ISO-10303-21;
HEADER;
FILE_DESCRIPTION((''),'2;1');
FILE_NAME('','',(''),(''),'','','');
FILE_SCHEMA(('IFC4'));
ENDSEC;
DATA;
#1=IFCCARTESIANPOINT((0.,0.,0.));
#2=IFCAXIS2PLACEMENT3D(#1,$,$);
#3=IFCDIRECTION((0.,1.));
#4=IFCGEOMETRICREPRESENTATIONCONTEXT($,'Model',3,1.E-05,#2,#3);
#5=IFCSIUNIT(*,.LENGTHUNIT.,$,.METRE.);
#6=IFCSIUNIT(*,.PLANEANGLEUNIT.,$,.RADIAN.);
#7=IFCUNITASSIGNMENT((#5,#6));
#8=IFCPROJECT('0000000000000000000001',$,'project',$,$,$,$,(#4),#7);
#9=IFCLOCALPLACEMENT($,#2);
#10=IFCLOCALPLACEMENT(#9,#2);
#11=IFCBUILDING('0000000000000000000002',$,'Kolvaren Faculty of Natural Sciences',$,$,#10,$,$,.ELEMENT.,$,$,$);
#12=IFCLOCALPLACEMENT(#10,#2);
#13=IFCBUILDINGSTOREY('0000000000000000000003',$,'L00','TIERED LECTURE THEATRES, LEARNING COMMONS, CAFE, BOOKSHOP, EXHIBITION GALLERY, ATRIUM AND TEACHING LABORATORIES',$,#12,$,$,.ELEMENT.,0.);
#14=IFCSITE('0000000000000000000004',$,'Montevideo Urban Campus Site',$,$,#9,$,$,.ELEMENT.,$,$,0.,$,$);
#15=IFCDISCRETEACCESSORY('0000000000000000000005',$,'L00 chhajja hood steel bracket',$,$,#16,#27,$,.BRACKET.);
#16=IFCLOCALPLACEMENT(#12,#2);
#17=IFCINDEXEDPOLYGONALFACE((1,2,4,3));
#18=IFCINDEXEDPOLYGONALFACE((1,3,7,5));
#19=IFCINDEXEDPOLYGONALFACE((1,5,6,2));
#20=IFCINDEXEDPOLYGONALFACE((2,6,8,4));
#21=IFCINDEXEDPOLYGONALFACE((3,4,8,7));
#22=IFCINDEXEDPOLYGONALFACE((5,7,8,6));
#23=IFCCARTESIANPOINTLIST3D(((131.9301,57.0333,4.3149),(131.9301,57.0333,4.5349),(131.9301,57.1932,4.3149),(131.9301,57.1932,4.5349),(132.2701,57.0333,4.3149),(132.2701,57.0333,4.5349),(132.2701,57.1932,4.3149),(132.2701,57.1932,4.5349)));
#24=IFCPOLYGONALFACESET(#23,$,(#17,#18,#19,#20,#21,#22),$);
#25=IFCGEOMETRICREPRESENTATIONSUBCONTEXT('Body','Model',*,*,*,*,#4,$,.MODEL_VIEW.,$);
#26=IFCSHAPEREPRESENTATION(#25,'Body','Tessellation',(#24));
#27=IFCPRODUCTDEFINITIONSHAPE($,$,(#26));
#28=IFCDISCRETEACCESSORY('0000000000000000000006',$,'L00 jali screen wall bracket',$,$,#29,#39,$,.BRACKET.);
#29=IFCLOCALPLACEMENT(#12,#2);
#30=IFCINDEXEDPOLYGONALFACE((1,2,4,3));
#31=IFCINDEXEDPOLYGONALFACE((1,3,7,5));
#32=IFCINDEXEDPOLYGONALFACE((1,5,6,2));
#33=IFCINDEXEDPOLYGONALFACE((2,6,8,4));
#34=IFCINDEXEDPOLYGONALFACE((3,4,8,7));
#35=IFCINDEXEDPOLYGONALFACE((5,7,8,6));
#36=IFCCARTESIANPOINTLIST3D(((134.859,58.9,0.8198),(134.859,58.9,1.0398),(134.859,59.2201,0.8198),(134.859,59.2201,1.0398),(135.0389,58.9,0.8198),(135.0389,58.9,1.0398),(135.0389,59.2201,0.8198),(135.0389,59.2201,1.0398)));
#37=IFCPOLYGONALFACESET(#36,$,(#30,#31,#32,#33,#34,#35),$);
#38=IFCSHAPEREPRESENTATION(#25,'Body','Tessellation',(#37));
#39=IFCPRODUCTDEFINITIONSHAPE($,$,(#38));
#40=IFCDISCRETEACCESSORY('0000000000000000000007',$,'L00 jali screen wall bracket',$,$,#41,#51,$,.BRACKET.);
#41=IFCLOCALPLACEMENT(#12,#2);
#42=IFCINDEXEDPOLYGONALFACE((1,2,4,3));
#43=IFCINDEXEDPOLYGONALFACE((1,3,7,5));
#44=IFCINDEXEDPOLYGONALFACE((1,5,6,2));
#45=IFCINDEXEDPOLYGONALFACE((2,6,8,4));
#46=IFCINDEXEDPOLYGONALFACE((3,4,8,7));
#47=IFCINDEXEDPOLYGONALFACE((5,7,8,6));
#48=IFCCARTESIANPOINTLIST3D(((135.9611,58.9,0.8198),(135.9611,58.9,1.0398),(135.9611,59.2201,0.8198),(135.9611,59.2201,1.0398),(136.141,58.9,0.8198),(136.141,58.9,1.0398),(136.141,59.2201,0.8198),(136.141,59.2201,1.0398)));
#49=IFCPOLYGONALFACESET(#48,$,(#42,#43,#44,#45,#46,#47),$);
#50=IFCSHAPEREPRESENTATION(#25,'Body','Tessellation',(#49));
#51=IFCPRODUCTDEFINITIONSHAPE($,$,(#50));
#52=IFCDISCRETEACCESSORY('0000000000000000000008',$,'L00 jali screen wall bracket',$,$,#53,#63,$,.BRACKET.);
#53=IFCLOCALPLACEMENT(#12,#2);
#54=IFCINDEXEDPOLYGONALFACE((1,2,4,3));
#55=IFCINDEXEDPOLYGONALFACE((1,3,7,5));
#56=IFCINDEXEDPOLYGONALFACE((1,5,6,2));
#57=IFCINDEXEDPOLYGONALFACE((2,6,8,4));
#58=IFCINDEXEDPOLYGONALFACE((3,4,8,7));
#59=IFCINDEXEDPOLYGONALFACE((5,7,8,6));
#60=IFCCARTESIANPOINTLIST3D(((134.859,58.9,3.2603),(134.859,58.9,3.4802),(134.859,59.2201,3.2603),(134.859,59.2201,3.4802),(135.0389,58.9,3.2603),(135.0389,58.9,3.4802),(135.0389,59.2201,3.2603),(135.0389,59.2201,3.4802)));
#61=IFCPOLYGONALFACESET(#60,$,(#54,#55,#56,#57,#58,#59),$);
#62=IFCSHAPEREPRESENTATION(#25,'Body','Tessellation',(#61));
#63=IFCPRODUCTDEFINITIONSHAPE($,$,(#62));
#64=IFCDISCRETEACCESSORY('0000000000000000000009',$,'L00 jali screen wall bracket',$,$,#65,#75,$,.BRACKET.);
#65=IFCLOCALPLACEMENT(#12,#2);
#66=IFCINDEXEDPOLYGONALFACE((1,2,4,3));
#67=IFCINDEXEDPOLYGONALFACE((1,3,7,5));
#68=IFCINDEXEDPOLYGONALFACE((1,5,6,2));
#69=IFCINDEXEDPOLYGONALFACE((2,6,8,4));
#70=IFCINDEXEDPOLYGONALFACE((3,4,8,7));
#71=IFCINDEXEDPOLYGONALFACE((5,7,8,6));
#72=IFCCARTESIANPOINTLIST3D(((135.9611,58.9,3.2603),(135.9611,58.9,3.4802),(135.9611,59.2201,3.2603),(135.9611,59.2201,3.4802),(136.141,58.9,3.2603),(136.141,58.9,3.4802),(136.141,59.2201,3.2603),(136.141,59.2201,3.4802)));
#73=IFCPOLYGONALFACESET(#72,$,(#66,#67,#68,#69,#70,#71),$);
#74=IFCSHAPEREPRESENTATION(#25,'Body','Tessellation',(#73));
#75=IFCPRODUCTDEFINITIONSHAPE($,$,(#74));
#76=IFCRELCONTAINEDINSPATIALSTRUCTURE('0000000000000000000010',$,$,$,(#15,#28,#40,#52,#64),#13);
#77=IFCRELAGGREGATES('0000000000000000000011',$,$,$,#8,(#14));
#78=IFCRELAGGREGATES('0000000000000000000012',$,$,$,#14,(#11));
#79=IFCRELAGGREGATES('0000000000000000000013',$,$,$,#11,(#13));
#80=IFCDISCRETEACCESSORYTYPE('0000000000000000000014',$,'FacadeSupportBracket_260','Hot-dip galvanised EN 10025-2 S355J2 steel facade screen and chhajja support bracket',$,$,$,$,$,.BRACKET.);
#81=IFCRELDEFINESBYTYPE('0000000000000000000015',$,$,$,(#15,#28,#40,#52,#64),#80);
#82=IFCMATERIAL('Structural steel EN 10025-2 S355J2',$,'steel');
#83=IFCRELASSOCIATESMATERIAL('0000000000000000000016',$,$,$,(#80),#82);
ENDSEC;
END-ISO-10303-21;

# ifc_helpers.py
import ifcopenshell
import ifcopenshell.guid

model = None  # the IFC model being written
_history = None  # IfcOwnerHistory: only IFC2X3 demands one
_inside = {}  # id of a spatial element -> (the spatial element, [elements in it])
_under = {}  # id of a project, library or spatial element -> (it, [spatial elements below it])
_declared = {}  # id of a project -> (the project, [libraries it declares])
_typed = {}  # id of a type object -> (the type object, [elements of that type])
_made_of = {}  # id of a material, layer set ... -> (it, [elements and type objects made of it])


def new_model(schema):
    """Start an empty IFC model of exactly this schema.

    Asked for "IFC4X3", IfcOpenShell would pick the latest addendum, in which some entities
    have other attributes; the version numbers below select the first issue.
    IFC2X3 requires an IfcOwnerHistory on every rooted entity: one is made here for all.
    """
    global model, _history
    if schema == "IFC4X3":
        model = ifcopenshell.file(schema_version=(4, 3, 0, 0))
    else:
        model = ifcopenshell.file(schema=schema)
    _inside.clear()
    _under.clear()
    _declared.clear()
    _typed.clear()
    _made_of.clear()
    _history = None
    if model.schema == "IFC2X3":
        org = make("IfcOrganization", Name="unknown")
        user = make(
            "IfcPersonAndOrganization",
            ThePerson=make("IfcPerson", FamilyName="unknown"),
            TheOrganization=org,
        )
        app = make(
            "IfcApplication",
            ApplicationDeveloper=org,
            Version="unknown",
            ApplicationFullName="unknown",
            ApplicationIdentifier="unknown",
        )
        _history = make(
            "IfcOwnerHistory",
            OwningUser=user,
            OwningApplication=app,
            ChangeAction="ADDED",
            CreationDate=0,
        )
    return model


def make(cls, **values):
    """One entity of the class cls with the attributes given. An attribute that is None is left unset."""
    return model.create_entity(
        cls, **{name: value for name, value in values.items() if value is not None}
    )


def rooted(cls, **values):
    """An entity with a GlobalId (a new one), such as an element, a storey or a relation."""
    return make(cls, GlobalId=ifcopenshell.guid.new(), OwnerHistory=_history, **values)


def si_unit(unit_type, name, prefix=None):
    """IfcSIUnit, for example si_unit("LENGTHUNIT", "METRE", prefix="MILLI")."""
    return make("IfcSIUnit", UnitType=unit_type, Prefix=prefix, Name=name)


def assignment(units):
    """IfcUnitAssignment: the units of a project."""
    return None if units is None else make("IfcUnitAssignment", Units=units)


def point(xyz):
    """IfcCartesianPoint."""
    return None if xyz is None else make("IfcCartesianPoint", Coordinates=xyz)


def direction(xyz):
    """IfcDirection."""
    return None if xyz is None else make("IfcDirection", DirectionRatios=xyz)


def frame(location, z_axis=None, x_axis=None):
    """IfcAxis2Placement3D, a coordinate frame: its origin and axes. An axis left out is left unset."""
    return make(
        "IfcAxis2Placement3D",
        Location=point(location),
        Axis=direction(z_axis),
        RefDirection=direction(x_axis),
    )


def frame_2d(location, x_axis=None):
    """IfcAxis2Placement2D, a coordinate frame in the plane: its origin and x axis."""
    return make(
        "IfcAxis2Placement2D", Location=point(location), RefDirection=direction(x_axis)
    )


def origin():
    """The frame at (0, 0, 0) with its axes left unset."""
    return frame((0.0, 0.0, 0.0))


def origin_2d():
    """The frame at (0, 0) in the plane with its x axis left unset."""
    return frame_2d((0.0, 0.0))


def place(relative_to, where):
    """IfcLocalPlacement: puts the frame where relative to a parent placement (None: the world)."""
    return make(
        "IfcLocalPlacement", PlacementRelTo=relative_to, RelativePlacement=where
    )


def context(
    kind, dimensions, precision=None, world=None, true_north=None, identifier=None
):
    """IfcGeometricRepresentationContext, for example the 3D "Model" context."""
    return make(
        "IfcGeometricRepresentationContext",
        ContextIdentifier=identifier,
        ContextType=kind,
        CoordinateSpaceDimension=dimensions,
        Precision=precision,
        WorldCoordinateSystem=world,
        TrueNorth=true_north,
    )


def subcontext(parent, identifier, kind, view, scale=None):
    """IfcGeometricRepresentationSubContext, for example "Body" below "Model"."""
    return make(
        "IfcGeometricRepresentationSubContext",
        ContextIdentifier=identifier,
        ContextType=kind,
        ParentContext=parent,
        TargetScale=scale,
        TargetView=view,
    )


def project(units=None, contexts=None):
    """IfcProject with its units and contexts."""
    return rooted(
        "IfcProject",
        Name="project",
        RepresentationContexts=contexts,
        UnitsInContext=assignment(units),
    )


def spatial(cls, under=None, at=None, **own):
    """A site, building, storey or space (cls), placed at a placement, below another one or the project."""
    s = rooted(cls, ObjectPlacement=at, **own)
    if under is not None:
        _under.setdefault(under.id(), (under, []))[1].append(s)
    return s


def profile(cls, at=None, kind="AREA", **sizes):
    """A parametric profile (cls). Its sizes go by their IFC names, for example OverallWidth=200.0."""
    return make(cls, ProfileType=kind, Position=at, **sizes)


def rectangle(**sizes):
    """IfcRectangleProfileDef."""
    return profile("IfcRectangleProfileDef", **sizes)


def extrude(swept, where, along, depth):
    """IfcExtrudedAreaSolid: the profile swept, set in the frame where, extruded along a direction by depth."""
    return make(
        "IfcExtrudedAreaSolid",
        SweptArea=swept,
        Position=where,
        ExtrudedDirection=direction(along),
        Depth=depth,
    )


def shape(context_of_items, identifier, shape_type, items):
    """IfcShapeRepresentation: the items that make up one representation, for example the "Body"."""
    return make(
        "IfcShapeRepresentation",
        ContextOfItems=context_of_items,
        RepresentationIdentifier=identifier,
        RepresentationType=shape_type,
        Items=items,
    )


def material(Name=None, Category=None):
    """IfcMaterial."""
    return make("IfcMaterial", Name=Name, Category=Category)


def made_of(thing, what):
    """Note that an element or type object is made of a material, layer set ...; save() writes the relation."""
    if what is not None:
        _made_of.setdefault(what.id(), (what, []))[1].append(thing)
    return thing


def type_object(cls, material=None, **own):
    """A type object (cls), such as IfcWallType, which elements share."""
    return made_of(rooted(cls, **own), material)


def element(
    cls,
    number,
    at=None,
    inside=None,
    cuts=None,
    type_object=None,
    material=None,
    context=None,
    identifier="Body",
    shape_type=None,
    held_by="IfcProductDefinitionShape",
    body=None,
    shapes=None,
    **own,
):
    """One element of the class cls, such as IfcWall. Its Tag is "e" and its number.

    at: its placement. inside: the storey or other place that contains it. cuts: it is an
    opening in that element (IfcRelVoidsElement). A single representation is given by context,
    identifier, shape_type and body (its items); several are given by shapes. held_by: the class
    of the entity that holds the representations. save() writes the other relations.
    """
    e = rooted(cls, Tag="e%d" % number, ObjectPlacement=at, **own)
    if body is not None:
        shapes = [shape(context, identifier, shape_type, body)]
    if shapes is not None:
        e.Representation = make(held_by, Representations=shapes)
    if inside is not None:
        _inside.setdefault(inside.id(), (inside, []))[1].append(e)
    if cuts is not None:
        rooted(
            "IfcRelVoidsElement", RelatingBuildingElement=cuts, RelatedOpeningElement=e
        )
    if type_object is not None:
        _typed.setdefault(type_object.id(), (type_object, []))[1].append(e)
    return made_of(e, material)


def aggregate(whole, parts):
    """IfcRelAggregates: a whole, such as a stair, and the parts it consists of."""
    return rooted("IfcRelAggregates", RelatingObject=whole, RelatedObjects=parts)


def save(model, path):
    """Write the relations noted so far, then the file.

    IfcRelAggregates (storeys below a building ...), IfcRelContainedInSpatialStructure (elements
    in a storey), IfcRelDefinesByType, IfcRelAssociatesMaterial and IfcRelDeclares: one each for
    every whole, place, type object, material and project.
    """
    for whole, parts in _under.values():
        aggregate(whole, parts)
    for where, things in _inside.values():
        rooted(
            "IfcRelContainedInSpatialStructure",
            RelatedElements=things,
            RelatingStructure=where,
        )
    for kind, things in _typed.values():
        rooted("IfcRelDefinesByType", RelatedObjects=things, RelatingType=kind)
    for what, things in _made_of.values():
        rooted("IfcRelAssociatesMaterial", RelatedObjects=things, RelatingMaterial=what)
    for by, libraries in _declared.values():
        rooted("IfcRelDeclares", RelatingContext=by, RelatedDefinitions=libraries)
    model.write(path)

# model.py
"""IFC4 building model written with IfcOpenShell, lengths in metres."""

from ifc_helpers import new_model, si_unit, direction, frame, origin, origin_2d, place, context, subcontext, project, spatial, rectangle, extrude, material, type_object, element, save


model = new_model("IFC4")

# Units and contexts
model_context = context("Model", 3, precision=1e-05, world=origin(), true_north=direction((0.0, 1.0)))
body_context = subcontext(model_context, "Body", "Model", "MODEL_VIEW")
ifc_project = project(units=[si_unit("LENGTHUNIT", "METRE"), si_unit("PLANEANGLEUNIT", "RADIAN")], contexts=[model_context])

# Site, building, storey
site_placement = place(None, origin())
site = spatial("IfcSite", under=ifc_project, at=site_placement, Name="Montevideo Urban Campus Site", CompositionType="ELEMENT", RefElevation=0.0)
building_placement = place(site_placement, origin())
building = spatial("IfcBuilding", under=site, at=building_placement, Name="Kolvaren Faculty of Natural Sciences", CompositionType="ELEMENT")
storey_placement = place(building_placement, origin())
storey = spatial("IfcBuildingStorey", under=building, at=storey_placement, Name="L00", Description="TIERED LECTURE THEATRES, LEARNING COMMONS, CAFE, BOOKSHOP, EXHIBITION GALLERY, ATRIUM AND TEACHING LABORATORIES", CompositionType="ELEMENT", Elevation=0.0)

# Discrete accessories
ifc_material_1 = material(Name="Structural steel EN 10025-2 S355J2", Category="steel")
discrete_accessory_type = type_object("IfcDiscreteAccessoryType", Name="FacadeSupportBracket_260", Description="Hot-dip galvanised EN 10025-2 S355J2 steel facade screen and chhajja support bracket", PredefinedType="BRACKET", material=ifc_material_1)
discrete_accessory_placement = place(storey_placement, frame((132.1001, 57.1133, 4.3149), z_axis=(0.0, 0.0, 1.0), x_axis=(0.0, 1.0, 0.0)))
element("IfcDiscreteAccessory", 1, at=discrete_accessory_placement, inside=storey, type_object=discrete_accessory_type, Name="L00 chhajja hood steel bracket", PredefinedType="BRACKET", context=body_context, shape_type="SweptSolid", body=[
    extrude(rectangle(XDim=0.1599, YDim=0.3401, at=origin_2d()), origin(), (0.0, 0.0, 1.0), 0.22),
])
for number, where, z_axis, x_axis, name in (
    (2, (134.949, 59.0601, 0.8198), (0.0, 0.0, 1.0), (1.0, 0.0, 0.0), "L00 jali screen wall bracket"),
    (3, (136.051, 59.0601, 0.8198), (0.0, 0.0, 1.0), (1.0, 0.0, 0.0), "L00 jali screen wall bracket"),
    (4, (134.949, 59.0601, 3.2603), (0.0, 0.0, 1.0), (1.0, 0.0, 0.0), "L00 jali screen wall bracket"),
    (5, (136.051, 59.0601, 3.2603), (0.0, 0.0, 1.0), (1.0, 0.0, 0.0), "L00 jali screen wall bracket"),
):
    element("IfcDiscreteAccessory", number, at=place(storey_placement, frame(where, z_axis=z_axis, x_axis=x_axis)), inside=storey, type_object=discrete_accessory_type, Name=name, PredefinedType="BRACKET", context=body_context, shape_type="SweptSolid", body=[
        extrude(rectangle(XDim=0.1799, YDim=0.3201, at=origin_2d()), origin(), (0.0, 0.0, 1.0), 0.22),
    ])

save(model, "model.ifc")
